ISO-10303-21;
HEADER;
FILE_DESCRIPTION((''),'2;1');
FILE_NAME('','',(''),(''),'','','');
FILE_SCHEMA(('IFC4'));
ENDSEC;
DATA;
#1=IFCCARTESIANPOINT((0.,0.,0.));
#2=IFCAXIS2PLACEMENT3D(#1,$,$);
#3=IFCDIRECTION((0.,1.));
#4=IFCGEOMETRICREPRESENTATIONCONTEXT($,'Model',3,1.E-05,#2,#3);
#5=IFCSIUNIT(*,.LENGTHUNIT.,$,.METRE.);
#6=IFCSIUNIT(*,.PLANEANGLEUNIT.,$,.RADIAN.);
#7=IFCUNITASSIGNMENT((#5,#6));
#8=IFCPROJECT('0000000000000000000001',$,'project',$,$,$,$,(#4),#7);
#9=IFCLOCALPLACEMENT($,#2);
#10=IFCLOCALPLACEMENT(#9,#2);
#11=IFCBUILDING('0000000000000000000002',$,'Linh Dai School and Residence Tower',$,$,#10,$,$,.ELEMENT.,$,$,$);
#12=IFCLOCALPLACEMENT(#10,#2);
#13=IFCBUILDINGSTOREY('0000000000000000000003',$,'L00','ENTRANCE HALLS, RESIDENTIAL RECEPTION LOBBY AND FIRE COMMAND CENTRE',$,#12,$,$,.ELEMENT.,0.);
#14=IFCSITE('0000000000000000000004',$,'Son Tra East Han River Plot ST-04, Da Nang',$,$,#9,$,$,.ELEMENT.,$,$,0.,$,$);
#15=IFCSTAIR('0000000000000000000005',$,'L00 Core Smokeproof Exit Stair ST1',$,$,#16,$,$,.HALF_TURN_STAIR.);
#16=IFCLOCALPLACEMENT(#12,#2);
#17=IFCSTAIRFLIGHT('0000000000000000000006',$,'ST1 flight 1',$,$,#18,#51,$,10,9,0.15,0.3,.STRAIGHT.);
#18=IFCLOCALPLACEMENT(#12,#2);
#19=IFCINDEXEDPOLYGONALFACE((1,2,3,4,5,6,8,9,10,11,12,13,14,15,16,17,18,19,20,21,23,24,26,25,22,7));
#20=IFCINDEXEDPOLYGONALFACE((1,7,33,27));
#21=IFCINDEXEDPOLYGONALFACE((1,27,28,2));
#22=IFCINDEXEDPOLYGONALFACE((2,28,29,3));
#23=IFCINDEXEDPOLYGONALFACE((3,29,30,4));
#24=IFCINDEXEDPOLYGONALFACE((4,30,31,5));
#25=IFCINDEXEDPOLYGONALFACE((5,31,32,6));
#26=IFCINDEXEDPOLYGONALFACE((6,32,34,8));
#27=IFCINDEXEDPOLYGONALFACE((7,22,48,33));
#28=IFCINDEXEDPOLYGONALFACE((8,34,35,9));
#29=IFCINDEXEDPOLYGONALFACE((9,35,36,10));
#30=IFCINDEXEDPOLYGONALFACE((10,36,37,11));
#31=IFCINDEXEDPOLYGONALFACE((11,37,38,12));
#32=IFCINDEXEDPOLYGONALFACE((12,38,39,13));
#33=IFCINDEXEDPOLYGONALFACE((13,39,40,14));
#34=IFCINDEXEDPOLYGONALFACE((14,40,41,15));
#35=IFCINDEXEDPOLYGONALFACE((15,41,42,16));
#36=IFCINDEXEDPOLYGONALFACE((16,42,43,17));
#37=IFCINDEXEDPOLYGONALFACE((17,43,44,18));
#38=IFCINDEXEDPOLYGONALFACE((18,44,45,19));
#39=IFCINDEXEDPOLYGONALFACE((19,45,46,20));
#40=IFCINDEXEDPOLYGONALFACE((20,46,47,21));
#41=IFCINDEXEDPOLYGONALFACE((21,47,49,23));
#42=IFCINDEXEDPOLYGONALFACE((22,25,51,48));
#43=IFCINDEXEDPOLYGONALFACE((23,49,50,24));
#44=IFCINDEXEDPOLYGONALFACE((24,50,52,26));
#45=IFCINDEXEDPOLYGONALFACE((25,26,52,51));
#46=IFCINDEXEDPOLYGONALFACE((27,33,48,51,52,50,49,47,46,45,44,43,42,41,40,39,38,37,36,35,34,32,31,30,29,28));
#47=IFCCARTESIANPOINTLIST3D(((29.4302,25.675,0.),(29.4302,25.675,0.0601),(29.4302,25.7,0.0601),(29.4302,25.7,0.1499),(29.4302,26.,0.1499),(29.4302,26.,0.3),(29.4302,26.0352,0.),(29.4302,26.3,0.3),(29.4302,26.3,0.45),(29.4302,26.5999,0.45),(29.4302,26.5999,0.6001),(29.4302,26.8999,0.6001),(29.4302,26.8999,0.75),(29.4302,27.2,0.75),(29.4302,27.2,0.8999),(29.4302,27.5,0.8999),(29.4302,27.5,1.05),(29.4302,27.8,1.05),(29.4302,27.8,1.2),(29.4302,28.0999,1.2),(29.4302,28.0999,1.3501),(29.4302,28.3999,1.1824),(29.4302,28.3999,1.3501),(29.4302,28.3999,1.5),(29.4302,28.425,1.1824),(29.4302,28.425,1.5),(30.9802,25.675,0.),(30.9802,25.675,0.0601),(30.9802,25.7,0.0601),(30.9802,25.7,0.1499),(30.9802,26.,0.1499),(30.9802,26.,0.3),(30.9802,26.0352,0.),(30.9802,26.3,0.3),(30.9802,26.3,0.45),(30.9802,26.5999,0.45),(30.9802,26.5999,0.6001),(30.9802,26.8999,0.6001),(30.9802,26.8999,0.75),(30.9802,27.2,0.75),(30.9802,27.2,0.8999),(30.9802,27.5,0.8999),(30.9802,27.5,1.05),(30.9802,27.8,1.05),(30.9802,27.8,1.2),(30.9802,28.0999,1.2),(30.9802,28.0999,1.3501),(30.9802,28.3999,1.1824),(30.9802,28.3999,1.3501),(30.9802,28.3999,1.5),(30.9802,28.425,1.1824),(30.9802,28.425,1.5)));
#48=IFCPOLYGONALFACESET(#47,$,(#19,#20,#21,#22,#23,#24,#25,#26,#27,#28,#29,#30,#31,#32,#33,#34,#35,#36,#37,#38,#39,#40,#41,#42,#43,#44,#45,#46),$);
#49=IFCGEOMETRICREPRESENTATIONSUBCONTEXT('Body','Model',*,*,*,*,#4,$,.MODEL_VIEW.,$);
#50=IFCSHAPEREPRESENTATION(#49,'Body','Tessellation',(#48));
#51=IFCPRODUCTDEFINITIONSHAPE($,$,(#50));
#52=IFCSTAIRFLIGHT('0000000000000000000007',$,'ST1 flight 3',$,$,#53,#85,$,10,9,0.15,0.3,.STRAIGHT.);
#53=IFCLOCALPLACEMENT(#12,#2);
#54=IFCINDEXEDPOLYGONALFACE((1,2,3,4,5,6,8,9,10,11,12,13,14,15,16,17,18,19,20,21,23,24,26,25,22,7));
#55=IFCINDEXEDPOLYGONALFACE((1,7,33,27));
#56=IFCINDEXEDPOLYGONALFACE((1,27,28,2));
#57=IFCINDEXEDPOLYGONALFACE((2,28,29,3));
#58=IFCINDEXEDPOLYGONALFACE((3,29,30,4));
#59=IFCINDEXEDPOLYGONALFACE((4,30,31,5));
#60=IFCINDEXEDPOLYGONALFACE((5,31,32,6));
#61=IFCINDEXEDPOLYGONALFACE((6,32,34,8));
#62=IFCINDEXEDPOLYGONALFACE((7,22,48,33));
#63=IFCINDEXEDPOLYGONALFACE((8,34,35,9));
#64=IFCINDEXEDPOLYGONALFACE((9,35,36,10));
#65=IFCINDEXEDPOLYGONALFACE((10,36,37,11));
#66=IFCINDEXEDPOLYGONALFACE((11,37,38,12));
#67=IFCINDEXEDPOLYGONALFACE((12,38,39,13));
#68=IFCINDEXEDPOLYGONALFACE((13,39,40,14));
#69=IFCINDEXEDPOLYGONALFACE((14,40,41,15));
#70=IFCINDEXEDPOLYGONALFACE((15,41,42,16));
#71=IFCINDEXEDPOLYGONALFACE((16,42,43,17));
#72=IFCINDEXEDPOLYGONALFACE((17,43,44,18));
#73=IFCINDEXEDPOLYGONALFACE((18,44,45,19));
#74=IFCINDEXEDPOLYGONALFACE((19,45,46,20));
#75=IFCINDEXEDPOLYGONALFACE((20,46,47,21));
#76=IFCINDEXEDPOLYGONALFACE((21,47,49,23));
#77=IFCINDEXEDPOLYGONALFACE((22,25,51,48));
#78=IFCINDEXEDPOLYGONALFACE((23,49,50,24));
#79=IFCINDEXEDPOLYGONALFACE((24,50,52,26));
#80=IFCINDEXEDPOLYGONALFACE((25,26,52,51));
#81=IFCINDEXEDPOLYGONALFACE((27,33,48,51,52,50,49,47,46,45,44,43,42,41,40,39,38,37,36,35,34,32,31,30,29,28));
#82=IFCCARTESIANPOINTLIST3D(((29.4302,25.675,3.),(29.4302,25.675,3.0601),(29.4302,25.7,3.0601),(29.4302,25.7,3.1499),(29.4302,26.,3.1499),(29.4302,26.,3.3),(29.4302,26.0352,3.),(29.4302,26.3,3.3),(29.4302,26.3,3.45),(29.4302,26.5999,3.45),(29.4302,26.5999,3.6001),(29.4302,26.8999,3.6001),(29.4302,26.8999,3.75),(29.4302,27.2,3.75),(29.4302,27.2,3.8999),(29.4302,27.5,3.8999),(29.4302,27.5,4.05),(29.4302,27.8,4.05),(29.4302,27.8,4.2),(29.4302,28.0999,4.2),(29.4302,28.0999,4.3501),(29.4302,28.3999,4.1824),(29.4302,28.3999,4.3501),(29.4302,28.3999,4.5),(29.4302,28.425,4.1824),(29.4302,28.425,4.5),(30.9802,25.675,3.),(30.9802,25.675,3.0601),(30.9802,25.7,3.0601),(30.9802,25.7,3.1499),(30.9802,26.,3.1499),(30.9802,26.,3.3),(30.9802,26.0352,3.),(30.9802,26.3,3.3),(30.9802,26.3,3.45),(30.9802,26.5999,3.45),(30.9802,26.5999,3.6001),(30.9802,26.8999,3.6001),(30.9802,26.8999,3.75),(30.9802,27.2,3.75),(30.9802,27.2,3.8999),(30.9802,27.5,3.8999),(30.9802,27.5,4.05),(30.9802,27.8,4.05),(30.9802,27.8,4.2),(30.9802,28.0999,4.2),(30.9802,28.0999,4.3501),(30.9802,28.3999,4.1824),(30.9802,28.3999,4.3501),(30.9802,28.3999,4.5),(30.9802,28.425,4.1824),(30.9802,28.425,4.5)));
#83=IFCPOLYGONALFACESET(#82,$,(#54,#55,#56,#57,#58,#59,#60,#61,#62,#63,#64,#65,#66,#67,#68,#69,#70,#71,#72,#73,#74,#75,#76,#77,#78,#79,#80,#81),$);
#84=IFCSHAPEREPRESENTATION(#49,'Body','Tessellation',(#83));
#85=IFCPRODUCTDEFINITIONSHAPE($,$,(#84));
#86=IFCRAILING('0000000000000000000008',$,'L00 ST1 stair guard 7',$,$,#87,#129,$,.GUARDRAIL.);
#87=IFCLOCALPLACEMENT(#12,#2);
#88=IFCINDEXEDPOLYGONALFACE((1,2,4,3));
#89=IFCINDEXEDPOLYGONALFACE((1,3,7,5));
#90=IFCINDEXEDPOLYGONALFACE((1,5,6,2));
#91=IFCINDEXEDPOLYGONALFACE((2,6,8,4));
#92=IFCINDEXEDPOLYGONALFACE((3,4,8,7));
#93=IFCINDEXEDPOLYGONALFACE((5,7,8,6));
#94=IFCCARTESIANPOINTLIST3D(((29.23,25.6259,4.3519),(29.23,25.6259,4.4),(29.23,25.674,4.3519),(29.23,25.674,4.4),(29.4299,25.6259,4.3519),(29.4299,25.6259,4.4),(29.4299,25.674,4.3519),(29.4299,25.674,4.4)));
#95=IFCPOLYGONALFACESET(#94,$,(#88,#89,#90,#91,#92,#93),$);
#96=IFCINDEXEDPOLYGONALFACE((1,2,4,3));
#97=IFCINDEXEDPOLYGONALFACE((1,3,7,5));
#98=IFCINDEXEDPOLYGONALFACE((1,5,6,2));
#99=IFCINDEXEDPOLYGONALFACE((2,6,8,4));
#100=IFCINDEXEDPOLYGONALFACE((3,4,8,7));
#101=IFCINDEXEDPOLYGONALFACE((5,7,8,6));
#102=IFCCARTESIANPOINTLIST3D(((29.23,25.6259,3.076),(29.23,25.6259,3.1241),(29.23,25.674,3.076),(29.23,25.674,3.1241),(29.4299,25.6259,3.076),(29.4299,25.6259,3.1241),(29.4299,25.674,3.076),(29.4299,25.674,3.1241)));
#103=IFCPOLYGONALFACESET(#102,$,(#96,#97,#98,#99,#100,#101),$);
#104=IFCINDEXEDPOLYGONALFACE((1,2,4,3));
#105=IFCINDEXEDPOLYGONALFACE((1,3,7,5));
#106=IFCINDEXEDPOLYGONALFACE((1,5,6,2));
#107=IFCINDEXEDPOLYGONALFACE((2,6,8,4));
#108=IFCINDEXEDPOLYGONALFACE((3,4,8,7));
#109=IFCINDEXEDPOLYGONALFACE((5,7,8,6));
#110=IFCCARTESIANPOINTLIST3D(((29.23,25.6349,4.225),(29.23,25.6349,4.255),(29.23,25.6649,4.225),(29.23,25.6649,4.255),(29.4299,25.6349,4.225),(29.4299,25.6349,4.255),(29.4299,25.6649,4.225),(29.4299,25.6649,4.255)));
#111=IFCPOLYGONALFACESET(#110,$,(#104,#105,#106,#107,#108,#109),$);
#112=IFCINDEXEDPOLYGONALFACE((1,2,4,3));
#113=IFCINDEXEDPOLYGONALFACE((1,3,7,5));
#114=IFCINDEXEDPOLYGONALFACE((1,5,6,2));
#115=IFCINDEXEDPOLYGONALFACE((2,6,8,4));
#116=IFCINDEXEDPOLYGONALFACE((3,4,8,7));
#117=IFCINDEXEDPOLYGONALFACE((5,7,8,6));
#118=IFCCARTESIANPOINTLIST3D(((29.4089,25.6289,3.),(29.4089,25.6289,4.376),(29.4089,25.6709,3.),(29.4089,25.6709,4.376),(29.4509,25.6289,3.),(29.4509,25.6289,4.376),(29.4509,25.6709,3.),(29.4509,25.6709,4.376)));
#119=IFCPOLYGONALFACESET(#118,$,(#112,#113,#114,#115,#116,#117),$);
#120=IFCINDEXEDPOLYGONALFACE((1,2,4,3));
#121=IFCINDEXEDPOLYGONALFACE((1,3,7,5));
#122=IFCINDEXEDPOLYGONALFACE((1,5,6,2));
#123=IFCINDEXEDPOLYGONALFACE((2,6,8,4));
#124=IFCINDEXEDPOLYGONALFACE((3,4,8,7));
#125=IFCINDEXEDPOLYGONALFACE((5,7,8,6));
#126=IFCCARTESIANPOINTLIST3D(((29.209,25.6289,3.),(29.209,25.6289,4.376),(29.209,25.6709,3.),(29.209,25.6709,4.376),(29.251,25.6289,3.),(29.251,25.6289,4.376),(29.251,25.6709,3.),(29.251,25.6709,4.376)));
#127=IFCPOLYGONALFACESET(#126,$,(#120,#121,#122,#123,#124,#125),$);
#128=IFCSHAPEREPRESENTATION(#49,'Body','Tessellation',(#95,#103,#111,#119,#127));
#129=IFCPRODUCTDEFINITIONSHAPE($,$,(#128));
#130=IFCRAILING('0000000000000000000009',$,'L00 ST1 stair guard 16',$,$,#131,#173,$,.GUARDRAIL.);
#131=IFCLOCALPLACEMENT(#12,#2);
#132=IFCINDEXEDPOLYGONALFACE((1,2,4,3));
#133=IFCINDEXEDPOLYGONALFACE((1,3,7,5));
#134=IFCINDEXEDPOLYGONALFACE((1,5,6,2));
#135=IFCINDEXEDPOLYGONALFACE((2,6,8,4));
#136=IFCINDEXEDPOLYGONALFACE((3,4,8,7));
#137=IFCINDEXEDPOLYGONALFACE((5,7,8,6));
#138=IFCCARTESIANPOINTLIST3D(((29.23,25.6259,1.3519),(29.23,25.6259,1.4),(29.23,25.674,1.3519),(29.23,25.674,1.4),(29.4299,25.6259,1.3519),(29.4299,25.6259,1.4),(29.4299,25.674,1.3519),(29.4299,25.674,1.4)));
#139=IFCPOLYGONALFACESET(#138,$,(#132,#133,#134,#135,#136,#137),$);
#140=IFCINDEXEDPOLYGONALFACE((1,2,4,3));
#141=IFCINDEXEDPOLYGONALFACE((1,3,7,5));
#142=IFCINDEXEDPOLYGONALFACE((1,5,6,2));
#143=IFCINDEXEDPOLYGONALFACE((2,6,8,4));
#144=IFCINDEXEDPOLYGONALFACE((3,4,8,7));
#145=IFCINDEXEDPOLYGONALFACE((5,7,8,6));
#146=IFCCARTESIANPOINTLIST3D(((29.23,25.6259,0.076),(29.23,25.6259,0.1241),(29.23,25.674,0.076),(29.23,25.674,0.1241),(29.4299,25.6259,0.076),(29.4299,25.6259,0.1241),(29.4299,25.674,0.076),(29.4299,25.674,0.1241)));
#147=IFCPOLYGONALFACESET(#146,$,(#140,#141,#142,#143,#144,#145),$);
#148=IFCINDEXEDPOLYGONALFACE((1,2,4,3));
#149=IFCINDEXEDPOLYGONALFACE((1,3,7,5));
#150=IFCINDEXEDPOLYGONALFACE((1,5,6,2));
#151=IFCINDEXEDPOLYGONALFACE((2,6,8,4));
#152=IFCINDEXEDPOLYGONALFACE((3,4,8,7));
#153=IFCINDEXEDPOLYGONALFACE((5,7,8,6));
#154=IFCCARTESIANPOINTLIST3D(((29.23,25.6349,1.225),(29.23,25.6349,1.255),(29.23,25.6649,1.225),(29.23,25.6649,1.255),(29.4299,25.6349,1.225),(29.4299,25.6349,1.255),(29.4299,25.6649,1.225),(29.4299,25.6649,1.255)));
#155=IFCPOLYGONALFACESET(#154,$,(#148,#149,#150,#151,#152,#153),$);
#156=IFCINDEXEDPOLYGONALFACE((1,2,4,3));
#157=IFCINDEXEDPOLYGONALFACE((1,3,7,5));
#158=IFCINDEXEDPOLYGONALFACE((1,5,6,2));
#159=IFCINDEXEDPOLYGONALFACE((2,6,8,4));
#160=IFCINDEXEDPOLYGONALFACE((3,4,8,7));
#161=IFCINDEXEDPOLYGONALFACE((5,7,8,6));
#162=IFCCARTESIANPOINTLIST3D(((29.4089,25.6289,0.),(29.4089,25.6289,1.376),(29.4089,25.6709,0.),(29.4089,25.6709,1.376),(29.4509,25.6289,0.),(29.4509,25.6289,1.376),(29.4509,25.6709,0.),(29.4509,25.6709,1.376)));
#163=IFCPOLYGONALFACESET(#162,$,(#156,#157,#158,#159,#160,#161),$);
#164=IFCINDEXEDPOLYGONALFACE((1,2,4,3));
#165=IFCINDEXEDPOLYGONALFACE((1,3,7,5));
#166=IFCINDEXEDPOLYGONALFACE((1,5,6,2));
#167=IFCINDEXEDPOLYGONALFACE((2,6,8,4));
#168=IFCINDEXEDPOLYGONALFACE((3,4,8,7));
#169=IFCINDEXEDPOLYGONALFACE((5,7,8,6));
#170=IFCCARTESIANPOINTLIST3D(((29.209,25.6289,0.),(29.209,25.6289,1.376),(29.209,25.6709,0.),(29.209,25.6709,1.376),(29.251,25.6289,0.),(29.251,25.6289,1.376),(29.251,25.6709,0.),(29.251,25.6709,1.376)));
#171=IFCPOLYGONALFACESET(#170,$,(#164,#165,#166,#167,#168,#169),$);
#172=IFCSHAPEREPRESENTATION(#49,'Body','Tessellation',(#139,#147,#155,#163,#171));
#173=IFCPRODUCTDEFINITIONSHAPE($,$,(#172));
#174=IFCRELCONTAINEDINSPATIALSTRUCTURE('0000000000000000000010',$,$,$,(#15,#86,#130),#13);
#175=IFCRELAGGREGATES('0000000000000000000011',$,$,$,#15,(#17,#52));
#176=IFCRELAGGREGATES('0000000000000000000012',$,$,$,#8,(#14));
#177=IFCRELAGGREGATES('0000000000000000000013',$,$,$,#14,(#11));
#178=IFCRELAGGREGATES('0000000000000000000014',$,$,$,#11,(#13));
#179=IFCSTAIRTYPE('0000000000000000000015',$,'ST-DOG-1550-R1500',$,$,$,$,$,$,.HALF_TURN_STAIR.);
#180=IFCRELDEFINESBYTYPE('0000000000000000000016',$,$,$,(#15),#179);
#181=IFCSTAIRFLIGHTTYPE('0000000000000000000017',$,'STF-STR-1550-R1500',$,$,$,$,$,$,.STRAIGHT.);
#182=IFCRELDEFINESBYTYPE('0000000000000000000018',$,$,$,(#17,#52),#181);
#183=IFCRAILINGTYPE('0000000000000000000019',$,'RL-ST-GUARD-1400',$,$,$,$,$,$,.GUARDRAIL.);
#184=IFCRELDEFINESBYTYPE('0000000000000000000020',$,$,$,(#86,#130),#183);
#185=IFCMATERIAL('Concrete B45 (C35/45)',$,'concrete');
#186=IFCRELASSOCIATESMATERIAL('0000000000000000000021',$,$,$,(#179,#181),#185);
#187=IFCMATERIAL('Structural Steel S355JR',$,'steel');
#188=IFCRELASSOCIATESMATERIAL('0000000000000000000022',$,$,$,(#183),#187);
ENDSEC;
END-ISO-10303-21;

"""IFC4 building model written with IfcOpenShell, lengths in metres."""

from ifc_helpers import new_model, si_unit, direction, frame, origin, origin_2d, place, context, subcontext, project, spatial, polyline, rectangle, outline, extrude, source, transform, mapped, material, type_object, element, aggregate, save


model = new_model("IFC4")

# Units and contexts
model_context = context("Model", 3, precision=1e-05, world=origin(), true_north=direction((0.0, 1.0)))
body_context = subcontext(model_context, "Body", "Model", "MODEL_VIEW")
ifc_project = project(units=[si_unit("LENGTHUNIT", "METRE"), si_unit("PLANEANGLEUNIT", "RADIAN")], contexts=[model_context])

# Site, building, storey
site_placement = place(None, origin())
site = spatial("IfcSite", under=ifc_project, at=site_placement, Name="Son Tra East Han River Plot ST-04, Da Nang", CompositionType="ELEMENT", RefElevation=0.0)
building_placement = place(site_placement, origin())
building = spatial("IfcBuilding", under=site, at=building_placement, Name="Linh Dai School and Residence Tower", CompositionType="ELEMENT")
storey_placement = place(building_placement, origin())
storey = spatial("IfcBuildingStorey", under=building, at=storey_placement, Name="L00", Description="ENTRANCE HALLS, RESIDENTIAL RECEPTION LOBBY AND FIRE COMMAND CENTRE", CompositionType="ELEMENT", Elevation=0.0)

# Shared definitions
ifc_material_1 = material(Name="Structural Steel S355JR", Category="steel")

# Shared definitions
ifc_material_2 = material(Name="Concrete B45 (C35/45)", Category="concrete")

# Stair, stair flights
stair_type = type_object("IfcStairType", Name="ST-DOG-1550-R1500", PredefinedType="HALF_TURN_STAIR", material=ifc_material_2)
stair_placement = place(storey_placement, origin())
stair = element("IfcStair", 1, at=stair_placement, inside=storey, type_object=stair_type, Name="L00 Core Smokeproof Exit Stair ST1", PredefinedType="HALF_TURN_STAIR")
stair_flight_type = type_object("IfcStairFlightType", Name="STF-STR-1550-R1500", PredefinedType="STRAIGHT", material=ifc_material_2)
shared_shape_1 = source(origin(), body_context, "Body", "SweptSolid", [
    extrude(outline(polyline([(-0.0249, 0.0), (-0.0249, 0.0601), (0.0, 0.0601), (0.0, 0.1499), (0.3, 0.1499), (0.3, 0.3), (0.6001, 0.3), (0.6001, 0.45), (0.8999, 0.45), (0.8999, 0.6001), (1.2, 0.6001), (1.2, 0.75), (1.5, 0.75), (1.5, 0.8999), (1.8, 0.8999), (1.8, 1.05), (2.1001, 1.05), (2.1001, 1.2), (2.3999, 1.2), (2.3999, 1.3501), (2.7, 1.3501), (2.7, 1.5), (2.7251, 1.5), (2.7251, 1.1824), (2.7, 1.1824), (0.3352, 0.0), (-0.0249, 0.0)])), frame((0.0, 0.7749, 0.0), z_axis=(0.0, -1.0, 0.0), x_axis=(1.0, 0.0, 0.0)), (0.0, 0.0, 1.0), 1.55),
])
stair_flight_1_placement = place(storey_placement, frame((30.2051, 25.7, 0.0), z_axis=(0.0, 0.0, 1.0), x_axis=(0.0, 1.0, 0.0)))
stair_flight_1 = element("IfcStairFlight", 2, at=stair_flight_1_placement, type_object=stair_flight_type, Name="ST1 flight 1", NumberOfRisers=10, NumberOfTreads=9, PredefinedType="STRAIGHT", RiserHeight=0.15, TreadLength=0.3, context=body_context, shape_type="MappedRepresentation", body=[
    mapped(shared_shape_1, transform((0.0, 0.0, 0.0), x_axis=(1.0, 0.0, 0.0), y_axis=(0.0, 1.0, 0.0), z_axis=(0.0, 0.0, 1.0), scale=1.0)),
])
stair_flight_2_placement = place(storey_placement, frame((30.2051, 25.7, 3.0), z_axis=(0.0, 0.0, 1.0), x_axis=(0.0, 1.0, 0.0)))
stair_flight_2 = element("IfcStairFlight", 3, at=stair_flight_2_placement, type_object=stair_flight_type, Name="ST1 flight 3", NumberOfRisers=10, NumberOfTreads=9, PredefinedType="STRAIGHT", RiserHeight=0.15, TreadLength=0.3, context=body_context, shape_type="MappedRepresentation", body=[
    mapped(shared_shape_1, transform((0.0, 0.0, 0.0), x_axis=(1.0, 0.0, 0.0), y_axis=(0.0, 1.0, 0.0), z_axis=(0.0, 0.0, 1.0), scale=1.0)),
])
aggregate(stair, [stair_flight_1, stair_flight_2])

# Railings
railing_type = type_object("IfcRailingType", Name="RL-ST-GUARD-1400", PredefinedType="GUARDRAIL", material=ifc_material_1)
shared_shape_2 = source(origin(), body_context, "Body", "SweptSolid", [
    extrude(rectangle(XDim=0.0481, YDim=0.0481, at=origin_2d()), frame((0.0, 0.0, 1.376), z_axis=(-1.0, 0.0, 0.0), x_axis=(0.0, -1.0, 0.0)), (0.0, 0.0, 1.0), 0.2),
    extrude(rectangle(XDim=0.0481, YDim=0.0481, at=origin_2d()), frame((0.0, 0.0, 0.1001), z_axis=(-1.0, 0.0, 0.0), x_axis=(0.0, -1.0, 0.0)), (0.0, 0.0, 1.0), 0.2),
    extrude(rectangle(XDim=0.03, YDim=0.03, at=origin_2d()), frame((0.0, 0.0, 1.24), z_axis=(-1.0, 0.0, 0.0), x_axis=(0.0, -1.0, 0.0)), (0.0, 0.0, 1.0), 0.2),
    extrude(rectangle(XDim=0.042, YDim=0.042, at=origin_2d()), origin(), (0.0, 0.0, 1.0), 1.376),
    extrude(rectangle(XDim=0.042, YDim=0.042, at=origin_2d()), frame((-0.2, 0.0, 0.0)), (0.0, 0.0, 1.0), 1.376),
])
for number, where, name in (
    (4, (29.4299, 25.6499, 3.0), "L00 ST1 stair guard 7"),
    (5, (29.4299, 25.6499, 0.0), "L00 ST1 stair guard 16"),
):
    element("IfcRailing", number, at=place(storey_placement, frame(where)), inside=storey, type_object=railing_type, Name=name, PredefinedType="GUARDRAIL", context=body_context, shape_type="MappedRepresentation", body=[
        mapped(shared_shape_2, transform((0.0, 0.0, 0.0), x_axis=(1.0, 0.0, 0.0), y_axis=(0.0, 1.0, 0.0), z_axis=(0.0, 0.0, 1.0), scale=1.0)),
    ])

save(model, "model.ifc")
